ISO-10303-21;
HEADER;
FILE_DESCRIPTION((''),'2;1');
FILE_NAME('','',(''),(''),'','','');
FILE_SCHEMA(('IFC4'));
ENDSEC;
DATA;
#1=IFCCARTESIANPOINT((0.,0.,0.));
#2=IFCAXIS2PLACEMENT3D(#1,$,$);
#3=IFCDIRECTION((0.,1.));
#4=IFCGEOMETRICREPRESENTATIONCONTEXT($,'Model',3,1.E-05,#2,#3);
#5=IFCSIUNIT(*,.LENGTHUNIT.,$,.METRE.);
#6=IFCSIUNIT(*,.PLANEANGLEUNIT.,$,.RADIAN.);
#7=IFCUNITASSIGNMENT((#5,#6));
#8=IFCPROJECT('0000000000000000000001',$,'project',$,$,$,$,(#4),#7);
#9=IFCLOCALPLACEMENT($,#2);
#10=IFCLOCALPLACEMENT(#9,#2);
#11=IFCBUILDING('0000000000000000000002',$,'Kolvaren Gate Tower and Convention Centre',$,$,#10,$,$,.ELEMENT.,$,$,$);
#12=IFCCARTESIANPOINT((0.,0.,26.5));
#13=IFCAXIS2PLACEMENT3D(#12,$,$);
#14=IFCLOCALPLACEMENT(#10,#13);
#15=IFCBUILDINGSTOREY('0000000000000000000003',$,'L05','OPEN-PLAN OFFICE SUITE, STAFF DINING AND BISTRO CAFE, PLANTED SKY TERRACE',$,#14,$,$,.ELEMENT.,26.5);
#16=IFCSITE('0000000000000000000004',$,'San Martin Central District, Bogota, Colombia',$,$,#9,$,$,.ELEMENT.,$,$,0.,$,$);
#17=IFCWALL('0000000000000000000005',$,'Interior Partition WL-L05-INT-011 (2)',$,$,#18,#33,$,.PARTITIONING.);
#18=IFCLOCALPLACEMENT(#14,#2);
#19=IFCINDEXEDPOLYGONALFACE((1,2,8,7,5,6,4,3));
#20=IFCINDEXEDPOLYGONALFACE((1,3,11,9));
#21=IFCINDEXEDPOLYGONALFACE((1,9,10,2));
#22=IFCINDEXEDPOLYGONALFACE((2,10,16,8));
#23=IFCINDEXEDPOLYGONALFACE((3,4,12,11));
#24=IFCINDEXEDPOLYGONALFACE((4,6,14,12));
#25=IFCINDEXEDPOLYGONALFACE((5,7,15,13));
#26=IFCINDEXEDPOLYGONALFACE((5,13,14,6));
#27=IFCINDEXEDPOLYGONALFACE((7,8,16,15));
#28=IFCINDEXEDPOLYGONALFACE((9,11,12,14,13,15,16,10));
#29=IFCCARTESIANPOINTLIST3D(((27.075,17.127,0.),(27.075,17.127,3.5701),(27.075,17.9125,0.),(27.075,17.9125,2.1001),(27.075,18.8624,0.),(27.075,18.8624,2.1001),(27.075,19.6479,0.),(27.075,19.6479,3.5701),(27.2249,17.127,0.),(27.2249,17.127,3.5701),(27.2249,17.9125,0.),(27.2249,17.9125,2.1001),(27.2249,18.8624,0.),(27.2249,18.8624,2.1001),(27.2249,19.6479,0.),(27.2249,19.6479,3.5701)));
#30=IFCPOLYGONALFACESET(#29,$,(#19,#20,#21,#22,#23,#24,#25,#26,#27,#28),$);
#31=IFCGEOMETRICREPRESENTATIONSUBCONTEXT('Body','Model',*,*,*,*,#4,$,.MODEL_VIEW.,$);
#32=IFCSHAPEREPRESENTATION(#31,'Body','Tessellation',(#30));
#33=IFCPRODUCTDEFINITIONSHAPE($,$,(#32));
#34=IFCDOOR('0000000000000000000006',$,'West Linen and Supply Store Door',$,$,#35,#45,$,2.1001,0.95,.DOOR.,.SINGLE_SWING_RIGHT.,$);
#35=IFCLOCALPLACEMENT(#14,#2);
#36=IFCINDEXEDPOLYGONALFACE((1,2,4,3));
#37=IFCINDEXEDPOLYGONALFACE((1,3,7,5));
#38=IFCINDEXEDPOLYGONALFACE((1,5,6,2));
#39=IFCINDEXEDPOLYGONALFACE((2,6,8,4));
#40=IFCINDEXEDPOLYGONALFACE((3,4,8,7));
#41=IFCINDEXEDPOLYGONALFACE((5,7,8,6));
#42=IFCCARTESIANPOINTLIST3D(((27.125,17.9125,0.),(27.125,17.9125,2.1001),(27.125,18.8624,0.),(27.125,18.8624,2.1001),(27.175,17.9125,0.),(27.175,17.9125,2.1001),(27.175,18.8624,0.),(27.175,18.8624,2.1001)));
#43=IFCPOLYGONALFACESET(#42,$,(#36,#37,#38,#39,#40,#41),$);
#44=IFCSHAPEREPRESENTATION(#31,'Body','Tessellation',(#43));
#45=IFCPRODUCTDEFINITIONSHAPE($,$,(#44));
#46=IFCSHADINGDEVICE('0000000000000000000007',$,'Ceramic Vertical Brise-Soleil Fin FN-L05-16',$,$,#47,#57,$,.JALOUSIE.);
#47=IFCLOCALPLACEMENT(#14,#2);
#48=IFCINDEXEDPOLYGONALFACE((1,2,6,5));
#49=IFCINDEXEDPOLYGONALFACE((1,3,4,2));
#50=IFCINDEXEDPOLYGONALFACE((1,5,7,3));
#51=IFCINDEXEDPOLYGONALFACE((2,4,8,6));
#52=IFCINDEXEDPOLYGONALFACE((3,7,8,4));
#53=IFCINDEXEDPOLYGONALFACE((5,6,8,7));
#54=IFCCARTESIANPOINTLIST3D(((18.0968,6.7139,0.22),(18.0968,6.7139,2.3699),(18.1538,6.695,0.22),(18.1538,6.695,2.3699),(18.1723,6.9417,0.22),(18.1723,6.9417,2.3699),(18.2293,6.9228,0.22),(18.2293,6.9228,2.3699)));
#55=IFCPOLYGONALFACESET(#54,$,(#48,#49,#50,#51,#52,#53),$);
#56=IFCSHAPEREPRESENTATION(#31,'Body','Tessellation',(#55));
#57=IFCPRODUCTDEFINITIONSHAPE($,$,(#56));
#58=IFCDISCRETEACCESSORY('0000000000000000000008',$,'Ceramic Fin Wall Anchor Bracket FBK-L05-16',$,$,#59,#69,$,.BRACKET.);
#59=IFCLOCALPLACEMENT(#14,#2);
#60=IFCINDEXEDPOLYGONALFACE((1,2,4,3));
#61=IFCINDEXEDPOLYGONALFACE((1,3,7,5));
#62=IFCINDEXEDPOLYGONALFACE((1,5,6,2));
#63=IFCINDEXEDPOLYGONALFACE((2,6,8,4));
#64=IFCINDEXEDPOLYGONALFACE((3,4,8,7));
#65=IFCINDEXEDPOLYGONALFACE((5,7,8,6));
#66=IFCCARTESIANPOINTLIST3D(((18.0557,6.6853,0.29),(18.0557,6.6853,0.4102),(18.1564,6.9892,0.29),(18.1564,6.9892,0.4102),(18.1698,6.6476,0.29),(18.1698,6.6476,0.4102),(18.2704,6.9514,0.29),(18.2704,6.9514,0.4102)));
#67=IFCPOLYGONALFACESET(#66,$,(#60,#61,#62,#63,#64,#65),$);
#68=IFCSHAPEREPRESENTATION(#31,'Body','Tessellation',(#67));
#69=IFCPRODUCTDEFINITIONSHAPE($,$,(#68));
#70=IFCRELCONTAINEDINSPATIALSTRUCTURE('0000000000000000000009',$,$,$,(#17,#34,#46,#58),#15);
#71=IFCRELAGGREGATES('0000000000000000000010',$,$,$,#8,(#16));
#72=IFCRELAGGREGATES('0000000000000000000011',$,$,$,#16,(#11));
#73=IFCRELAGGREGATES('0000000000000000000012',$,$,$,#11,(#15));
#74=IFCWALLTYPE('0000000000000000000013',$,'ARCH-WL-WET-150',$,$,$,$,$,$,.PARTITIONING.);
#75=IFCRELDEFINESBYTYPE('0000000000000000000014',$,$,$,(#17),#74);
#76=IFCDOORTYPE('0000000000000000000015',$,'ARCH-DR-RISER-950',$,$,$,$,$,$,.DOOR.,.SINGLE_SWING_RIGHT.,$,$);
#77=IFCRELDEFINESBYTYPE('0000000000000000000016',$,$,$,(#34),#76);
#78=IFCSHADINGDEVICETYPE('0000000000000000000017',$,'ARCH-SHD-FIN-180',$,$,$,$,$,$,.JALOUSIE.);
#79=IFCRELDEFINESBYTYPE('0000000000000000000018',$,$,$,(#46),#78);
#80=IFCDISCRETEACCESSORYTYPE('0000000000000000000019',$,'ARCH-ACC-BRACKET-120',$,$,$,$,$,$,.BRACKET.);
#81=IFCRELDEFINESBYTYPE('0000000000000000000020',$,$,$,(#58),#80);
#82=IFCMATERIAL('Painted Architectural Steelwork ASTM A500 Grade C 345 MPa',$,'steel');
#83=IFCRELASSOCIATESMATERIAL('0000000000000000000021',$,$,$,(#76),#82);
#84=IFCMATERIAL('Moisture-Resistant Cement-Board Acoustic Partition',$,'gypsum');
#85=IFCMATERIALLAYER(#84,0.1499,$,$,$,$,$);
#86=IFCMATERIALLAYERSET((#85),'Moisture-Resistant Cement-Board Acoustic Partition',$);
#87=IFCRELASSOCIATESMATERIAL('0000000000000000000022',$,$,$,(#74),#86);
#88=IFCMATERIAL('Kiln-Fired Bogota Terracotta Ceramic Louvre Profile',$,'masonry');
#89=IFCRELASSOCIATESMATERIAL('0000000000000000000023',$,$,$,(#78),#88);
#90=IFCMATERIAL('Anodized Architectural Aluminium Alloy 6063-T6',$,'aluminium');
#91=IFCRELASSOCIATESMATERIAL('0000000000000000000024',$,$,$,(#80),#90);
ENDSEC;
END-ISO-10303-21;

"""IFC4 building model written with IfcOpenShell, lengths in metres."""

from ifc_helpers import new_model, si_unit, direction, frame, frame_2d, origin, origin_2d, place, context, subcontext, project, spatial, rectangle, extrude, material, layer, layer_set, type_object, element, fill, save


model = new_model("IFC4")

# Units and contexts
model_context = context("Model", 3, precision=1e-05, world=origin(), true_north=direction((0.0, 1.0)))
body_context = subcontext(model_context, "Body", "Model", "MODEL_VIEW")
ifc_project = project(units=[si_unit("LENGTHUNIT", "METRE"), si_unit("PLANEANGLEUNIT", "RADIAN")], contexts=[model_context])

# Site, building, storey
site_placement = place(None, origin())
site = spatial("IfcSite", under=ifc_project, at=site_placement, Name="San Martin Central District, Bogota, Colombia", CompositionType="ELEMENT", RefElevation=0.0)
building_placement = place(site_placement, origin())
building = spatial("IfcBuilding", under=site, at=building_placement, Name="Kolvaren Gate Tower and Convention Centre", CompositionType="ELEMENT")
storey_placement = place(building_placement, frame((0.0, 0.0, 26.5)))
storey = spatial("IfcBuildingStorey", under=building, at=storey_placement, Name="L05", Description="OPEN-PLAN OFFICE SUITE, STAFF DINING AND BISTRO CAFE, PLANTED SKY TERRACE", CompositionType="ELEMENT", Elevation=26.5)

# Shared definitions
ifc_material_1 = material(Name="Painted Architectural Steelwork ASTM A500 Grade C 345 MPa", Category="steel")
door_type_1 = type_object("IfcDoorType", Name="ARCH-DR-RISER-950", OperationType="SINGLE_SWING_RIGHT", PredefinedType="DOOR", material=ifc_material_1)

# Shared definitions
ifc_material_2 = material(Name="Moisture-Resistant Cement-Board Acoustic Partition", Category="gypsum")
ifc_layer_1 = layer(ifc_material_2, 0.1499)
ifc_layer_set_1 = layer_set([ifc_layer_1], Name="Moisture-Resistant Cement-Board Acoustic Partition")
wall_type_1 = type_object("IfcWallType", Name="ARCH-WL-WET-150", PredefinedType="PARTITIONING", material=ifc_layer_set_1)

# Wall, opening, door
wall_1_placement = place(storey_placement, frame((27.1499, 17.127, 0.0), z_axis=(0.0, 0.0, 1.0), x_axis=(0.0, 1.0, 0.0)))
wall_1 = element("IfcWall", 1, at=wall_1_placement, inside=storey, type_object=wall_type_1, Name="Interior Partition WL-L05-INT-011 (2)", PredefinedType="PARTITIONING", context=body_context, shape_type="SweptSolid", body=[
    extrude(rectangle(XDim=2.521, YDim=0.1499, at=frame_2d((1.2605, 0.0))), origin(), (0.0, 0.0, 1.0), 3.5701),
])
opening_1_placement = place(wall_1_placement, frame((0.7854, 0.0, 0.0)))
opening_1 = element("IfcOpeningElement", 2, at=opening_1_placement, cuts=wall_1, PredefinedType="OPENING", context=body_context, shape_type="SweptSolid", body=[
    extrude(rectangle(XDim=0.95, YDim=2.1001, at=frame_2d((0.4751, 1.05))), frame((0.0, 0.085, 0.0), z_axis=(0.0, -1.0, 0.0), x_axis=(1.0, 0.0, 0.0)), (0.0, 0.0, 1.0), 0.1699),
])
door_1_placement = place(opening_1_placement, origin())
door_1 = element("IfcDoor", 3, at=door_1_placement, inside=storey, type_object=door_type_1, Name="West Linen and Supply Store Door", OperationType="SINGLE_SWING_RIGHT", OverallHeight=2.1001, OverallWidth=0.95, PredefinedType="DOOR", context=body_context, shape_type="SweptSolid", body=[
    extrude(rectangle(XDim=0.95, YDim=2.1001, at=frame_2d((0.4751, 1.05))), frame((0.0, 0.0249, 0.0), z_axis=(0.0, -1.0, 0.0), x_axis=(1.0, 0.0, 0.0)), (0.0, 0.0, 1.0), 0.05),
])
fill(opening_1, door_1)

# Shading device
ifc_material_3 = material(Name="Kiln-Fired Bogota Terracotta Ceramic Louvre Profile", Category="masonry")
shading_device_type = type_object("IfcShadingDeviceType", Name="ARCH-SHD-FIN-180", PredefinedType="JALOUSIE", material=ifc_material_3)
shading_device_placement = place(storey_placement, frame((18.1631, 6.8184, 0.22), z_axis=(0.0, 0.0, 1.0), x_axis=(0.949243, -0.314544, 0.0)))
element("IfcShadingDevice", 4, at=shading_device_placement, inside=storey, type_object=shading_device_type, Name="Ceramic Vertical Brise-Soleil Fin FN-L05-16", PredefinedType="JALOUSIE", context=body_context, shape_type="SweptSolid", body=[
    extrude(rectangle(XDim=0.0601, YDim=0.24, at=origin_2d()), origin(), (0.0, 0.0, 1.0), 2.1499),
])

# Discrete accessory
ifc_material_4 = material(Name="Anodized Architectural Aluminium Alloy 6063-T6", Category="aluminium")
discrete_accessory_type = type_object("IfcDiscreteAccessoryType", Name="ARCH-ACC-BRACKET-120", PredefinedType="BRACKET", material=ifc_material_4)
discrete_accessory_placement = place(storey_placement, frame((18.1631, 6.8184, 0.29), z_axis=(0.0, 0.0, 1.0), x_axis=(0.949243, -0.314544, 0.0)))
element("IfcDiscreteAccessory", 5, at=discrete_accessory_placement, inside=storey, type_object=discrete_accessory_type, Name="Ceramic Fin Wall Anchor Bracket FBK-L05-16", PredefinedType="BRACKET", context=body_context, shape_type="SweptSolid", body=[
    extrude(rectangle(XDim=0.1201, YDim=0.3201, at=origin_2d()), origin(), (0.0, 0.0, 1.0), 0.1201),
])

save(model, "model.ifc")
